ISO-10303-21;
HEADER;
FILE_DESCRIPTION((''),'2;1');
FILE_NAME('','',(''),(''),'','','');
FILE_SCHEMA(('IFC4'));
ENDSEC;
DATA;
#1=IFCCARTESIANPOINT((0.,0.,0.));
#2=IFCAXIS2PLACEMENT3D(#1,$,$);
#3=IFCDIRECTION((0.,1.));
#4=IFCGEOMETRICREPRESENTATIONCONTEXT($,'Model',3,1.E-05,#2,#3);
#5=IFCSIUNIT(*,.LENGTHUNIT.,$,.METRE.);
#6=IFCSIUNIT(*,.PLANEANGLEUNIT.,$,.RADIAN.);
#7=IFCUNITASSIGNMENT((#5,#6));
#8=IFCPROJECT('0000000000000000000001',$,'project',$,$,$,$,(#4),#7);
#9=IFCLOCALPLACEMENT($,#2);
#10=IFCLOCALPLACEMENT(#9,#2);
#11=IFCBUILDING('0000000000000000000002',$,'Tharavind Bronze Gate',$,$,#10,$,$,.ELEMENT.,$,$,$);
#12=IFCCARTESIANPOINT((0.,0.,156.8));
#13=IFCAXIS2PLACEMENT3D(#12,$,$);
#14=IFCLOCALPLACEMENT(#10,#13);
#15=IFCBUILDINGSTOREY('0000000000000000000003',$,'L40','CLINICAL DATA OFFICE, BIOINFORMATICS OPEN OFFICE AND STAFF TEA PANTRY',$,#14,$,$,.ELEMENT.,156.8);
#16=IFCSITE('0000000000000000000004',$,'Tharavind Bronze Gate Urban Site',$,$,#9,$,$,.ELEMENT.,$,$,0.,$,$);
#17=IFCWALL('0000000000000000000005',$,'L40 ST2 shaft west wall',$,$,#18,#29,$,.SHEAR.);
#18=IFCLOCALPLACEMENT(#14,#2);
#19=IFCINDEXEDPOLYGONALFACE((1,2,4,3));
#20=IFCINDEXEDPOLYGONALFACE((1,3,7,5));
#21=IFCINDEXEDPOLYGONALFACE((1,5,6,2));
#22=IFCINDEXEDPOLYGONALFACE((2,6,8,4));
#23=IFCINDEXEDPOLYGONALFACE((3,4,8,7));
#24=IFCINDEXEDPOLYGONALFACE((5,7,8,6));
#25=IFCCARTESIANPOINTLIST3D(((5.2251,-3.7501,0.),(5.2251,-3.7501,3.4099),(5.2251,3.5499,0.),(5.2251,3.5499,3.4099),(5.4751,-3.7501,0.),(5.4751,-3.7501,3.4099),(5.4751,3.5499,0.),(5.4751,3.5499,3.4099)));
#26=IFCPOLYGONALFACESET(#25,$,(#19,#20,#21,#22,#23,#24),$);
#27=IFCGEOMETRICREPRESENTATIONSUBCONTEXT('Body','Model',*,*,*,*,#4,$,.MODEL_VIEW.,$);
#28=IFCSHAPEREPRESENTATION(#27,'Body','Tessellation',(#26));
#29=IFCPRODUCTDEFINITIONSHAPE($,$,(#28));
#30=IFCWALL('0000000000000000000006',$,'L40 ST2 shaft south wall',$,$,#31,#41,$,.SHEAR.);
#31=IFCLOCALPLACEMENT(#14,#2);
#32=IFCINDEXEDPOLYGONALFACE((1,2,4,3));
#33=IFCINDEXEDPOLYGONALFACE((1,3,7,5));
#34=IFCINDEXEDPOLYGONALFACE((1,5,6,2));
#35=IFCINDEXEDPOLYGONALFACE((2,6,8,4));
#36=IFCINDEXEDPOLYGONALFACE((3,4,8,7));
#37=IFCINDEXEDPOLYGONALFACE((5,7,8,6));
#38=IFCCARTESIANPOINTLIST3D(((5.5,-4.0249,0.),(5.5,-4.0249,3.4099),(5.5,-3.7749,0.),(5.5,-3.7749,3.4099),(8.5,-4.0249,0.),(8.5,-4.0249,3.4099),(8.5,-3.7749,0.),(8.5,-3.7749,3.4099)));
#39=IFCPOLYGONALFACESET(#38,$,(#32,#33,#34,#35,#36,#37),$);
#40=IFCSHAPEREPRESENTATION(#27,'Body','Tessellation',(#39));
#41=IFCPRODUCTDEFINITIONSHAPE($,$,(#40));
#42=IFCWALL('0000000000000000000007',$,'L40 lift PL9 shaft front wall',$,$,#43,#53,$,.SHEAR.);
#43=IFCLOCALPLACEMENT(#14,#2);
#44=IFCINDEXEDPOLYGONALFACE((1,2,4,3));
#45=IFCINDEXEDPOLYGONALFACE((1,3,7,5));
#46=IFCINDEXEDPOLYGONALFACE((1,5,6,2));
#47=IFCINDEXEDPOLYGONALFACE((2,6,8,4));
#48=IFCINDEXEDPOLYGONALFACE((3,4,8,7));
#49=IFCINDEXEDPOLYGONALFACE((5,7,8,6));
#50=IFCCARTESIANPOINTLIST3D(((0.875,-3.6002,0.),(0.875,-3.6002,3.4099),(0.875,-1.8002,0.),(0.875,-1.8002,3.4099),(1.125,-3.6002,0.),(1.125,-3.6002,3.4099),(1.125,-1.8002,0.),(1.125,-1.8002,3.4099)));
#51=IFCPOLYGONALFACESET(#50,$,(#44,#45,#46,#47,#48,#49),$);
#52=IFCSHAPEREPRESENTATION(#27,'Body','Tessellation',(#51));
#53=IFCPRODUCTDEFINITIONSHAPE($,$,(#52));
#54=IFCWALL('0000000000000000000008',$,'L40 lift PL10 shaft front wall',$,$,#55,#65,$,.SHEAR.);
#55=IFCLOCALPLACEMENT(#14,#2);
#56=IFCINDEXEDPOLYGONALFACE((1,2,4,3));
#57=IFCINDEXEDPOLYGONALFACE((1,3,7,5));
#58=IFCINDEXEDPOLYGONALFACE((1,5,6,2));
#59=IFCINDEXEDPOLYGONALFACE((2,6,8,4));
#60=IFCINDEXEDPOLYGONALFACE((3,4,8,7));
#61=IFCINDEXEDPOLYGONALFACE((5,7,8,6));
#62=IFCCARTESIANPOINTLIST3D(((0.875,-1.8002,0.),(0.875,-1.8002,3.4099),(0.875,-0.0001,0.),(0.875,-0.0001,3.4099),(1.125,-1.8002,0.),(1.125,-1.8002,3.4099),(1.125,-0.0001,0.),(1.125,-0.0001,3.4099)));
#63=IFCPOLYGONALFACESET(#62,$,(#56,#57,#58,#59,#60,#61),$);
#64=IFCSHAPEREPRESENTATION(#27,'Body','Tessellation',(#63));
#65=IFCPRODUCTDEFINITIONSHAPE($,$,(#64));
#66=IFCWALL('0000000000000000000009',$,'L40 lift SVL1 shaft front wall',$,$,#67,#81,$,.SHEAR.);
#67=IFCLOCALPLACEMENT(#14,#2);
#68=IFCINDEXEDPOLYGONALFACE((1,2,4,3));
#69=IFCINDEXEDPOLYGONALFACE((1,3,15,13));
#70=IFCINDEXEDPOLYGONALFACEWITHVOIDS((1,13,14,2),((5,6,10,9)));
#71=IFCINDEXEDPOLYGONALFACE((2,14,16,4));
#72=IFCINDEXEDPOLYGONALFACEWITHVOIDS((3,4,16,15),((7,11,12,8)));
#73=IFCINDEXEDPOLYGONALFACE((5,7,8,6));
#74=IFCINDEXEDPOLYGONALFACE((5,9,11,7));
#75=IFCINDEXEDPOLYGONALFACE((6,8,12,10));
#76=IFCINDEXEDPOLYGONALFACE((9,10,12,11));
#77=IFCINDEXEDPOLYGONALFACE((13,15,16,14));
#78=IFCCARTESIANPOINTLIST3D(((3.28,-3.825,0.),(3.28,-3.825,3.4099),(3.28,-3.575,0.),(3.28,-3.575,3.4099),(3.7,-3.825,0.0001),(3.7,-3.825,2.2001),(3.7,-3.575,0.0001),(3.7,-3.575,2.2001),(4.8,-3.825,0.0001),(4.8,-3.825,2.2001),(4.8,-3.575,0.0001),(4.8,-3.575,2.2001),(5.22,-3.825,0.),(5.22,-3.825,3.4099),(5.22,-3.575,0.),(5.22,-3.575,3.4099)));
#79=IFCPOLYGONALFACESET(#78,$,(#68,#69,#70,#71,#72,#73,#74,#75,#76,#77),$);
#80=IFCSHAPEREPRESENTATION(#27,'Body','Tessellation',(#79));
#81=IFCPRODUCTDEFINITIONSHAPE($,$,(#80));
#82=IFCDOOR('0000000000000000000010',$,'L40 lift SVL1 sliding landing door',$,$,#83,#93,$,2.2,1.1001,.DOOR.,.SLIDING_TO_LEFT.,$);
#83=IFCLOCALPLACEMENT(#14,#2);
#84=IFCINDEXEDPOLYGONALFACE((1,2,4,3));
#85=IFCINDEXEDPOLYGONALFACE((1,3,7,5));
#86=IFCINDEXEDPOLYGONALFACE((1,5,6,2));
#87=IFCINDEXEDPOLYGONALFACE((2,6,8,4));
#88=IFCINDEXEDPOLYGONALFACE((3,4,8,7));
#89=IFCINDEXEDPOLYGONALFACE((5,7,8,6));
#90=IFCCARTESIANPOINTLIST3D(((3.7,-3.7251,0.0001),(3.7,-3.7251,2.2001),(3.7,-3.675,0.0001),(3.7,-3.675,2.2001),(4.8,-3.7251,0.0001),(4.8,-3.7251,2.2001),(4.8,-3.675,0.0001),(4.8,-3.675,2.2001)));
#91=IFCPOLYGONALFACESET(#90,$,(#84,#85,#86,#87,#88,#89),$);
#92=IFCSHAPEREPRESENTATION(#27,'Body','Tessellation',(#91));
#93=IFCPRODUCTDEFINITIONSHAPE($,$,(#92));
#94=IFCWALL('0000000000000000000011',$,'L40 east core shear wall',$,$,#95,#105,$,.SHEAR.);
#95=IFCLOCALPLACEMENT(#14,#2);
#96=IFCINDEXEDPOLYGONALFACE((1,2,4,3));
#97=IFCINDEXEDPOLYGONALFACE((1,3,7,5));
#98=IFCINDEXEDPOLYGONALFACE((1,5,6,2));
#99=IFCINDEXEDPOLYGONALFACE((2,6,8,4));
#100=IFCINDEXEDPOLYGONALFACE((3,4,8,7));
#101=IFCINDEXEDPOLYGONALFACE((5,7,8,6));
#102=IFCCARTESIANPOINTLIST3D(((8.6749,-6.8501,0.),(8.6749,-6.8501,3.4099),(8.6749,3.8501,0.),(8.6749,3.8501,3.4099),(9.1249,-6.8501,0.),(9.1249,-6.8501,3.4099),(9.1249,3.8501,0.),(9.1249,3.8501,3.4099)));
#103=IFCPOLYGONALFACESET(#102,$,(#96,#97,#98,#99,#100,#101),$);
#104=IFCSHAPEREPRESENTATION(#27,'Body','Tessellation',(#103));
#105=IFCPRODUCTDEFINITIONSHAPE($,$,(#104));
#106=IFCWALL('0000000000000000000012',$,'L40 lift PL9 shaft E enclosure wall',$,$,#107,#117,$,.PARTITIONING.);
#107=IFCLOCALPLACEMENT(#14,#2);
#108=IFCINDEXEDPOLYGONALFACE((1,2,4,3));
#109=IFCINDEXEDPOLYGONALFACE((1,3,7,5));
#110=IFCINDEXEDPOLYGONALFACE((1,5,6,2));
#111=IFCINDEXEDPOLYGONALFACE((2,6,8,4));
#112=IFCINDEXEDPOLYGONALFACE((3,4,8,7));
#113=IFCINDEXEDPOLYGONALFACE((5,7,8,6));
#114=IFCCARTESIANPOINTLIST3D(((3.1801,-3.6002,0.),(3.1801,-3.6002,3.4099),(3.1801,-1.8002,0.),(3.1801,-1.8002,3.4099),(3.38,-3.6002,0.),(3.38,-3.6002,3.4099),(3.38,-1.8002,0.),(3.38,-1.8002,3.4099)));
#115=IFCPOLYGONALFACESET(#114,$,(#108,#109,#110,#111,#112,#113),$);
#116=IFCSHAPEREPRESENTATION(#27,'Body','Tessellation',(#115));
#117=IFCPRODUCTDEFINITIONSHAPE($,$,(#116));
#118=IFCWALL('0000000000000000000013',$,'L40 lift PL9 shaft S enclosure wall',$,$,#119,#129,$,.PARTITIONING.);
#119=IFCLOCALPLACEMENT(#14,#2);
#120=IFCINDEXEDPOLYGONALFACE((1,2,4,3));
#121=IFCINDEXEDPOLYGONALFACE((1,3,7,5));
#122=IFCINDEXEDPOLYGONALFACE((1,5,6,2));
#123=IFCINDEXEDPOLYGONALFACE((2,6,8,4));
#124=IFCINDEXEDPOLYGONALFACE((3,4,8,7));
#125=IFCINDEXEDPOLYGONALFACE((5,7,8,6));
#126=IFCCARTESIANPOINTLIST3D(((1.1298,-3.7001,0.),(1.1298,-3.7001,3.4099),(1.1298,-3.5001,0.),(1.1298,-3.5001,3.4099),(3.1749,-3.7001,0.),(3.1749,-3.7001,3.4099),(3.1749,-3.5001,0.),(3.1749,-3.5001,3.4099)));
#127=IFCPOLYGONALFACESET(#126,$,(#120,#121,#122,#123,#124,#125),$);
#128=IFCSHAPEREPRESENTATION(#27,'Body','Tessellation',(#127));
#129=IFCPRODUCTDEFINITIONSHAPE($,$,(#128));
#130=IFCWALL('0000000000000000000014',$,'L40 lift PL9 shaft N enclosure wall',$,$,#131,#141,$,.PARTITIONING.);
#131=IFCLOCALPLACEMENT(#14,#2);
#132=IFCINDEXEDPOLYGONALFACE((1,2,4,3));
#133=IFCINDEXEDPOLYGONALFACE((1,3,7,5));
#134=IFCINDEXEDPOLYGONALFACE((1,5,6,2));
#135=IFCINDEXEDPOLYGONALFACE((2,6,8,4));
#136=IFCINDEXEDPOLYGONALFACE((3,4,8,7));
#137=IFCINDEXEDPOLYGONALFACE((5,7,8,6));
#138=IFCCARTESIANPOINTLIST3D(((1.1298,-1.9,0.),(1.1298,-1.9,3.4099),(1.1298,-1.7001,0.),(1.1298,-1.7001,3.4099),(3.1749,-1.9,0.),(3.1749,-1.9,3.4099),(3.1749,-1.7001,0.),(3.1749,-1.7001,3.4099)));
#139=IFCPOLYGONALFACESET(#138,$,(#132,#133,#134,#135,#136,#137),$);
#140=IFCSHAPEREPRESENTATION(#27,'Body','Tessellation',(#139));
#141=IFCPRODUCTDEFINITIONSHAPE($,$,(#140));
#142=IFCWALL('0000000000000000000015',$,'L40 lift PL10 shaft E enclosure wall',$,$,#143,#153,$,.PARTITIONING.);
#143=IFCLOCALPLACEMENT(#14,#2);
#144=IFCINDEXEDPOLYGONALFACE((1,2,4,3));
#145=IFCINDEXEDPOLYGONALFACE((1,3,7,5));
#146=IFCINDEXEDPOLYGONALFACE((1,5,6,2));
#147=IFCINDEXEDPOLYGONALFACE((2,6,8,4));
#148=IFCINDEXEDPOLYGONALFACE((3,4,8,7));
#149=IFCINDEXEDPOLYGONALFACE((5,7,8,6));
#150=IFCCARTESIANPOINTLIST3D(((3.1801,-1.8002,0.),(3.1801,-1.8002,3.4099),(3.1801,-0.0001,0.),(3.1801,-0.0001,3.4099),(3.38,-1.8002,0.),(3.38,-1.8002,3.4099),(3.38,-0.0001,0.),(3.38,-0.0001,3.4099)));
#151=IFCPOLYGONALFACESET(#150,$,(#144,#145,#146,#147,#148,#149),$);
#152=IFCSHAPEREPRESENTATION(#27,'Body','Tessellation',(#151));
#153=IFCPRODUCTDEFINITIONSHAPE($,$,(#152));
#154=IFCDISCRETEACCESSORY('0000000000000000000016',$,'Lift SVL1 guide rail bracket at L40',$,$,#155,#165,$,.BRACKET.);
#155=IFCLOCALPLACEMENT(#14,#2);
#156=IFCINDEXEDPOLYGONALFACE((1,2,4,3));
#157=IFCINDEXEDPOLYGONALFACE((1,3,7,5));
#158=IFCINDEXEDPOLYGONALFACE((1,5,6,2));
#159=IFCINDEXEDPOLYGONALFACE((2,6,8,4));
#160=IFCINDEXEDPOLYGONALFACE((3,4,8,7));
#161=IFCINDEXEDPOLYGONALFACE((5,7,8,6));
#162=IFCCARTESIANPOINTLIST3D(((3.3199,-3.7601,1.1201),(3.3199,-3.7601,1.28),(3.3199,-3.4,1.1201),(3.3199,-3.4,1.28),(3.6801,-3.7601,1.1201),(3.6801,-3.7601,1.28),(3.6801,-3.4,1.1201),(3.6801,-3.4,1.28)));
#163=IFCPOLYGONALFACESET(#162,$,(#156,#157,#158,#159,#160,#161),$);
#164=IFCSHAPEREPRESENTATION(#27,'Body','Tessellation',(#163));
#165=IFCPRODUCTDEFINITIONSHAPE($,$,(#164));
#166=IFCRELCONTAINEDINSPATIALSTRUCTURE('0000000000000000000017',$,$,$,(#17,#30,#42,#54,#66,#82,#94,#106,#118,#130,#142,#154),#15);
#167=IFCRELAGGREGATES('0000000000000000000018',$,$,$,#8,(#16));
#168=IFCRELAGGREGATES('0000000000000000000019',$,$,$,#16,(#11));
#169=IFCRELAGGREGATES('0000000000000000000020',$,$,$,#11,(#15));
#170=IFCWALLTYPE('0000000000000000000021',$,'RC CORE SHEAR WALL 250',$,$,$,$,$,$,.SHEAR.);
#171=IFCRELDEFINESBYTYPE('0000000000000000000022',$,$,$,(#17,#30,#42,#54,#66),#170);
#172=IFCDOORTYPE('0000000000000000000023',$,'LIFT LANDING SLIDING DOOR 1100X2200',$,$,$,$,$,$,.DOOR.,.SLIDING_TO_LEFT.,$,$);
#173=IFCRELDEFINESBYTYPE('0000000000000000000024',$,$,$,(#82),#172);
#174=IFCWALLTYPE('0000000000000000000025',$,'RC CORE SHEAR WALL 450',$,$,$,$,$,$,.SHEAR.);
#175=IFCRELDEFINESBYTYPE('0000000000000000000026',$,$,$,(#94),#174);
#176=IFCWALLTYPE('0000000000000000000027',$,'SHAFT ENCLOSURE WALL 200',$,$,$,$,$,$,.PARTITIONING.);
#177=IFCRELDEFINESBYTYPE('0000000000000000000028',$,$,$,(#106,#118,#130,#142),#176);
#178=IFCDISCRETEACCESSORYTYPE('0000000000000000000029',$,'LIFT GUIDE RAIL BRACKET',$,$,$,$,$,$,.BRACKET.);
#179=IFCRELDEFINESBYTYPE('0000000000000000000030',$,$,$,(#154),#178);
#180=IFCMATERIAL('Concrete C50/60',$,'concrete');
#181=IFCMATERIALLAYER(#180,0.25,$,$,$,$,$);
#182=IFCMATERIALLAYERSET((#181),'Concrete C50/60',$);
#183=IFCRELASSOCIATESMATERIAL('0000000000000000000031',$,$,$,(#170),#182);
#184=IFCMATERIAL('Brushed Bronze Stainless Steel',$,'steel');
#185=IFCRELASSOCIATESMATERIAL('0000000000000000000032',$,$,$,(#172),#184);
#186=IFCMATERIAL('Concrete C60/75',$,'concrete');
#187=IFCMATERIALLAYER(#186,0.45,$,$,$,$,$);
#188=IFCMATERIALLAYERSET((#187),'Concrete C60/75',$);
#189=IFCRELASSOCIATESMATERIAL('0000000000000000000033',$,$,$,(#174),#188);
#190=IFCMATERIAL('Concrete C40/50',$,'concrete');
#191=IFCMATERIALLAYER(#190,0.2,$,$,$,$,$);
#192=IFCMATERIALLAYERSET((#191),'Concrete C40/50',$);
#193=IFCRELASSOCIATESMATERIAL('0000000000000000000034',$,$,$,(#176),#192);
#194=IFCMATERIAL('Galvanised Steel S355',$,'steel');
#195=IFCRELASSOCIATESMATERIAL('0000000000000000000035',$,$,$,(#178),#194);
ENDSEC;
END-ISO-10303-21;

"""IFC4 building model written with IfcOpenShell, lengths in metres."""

from ifc_helpers import new_model, si_unit, direction, frame, frame_2d, origin, origin_2d, place, context, subcontext, project, spatial, rectangle, extrude, material, layer, layer_set, type_object, element, fill, save


model = new_model("IFC4")

# Units and contexts
model_context = context("Model", 3, precision=1e-05, world=origin(), true_north=direction((0.0, 1.0)))
body_context = subcontext(model_context, "Body", "Model", "MODEL_VIEW")
ifc_project = project(units=[si_unit("LENGTHUNIT", "METRE"), si_unit("PLANEANGLEUNIT", "RADIAN")], contexts=[model_context])

# Site, building, storey
site_placement = place(None, origin())
site = spatial("IfcSite", under=ifc_project, at=site_placement, Name="Tharavind Bronze Gate Urban Site", CompositionType="ELEMENT", RefElevation=0.0)
building_placement = place(site_placement, origin())
building = spatial("IfcBuilding", under=site, at=building_placement, Name="Tharavind Bronze Gate", CompositionType="ELEMENT")
storey_placement = place(building_placement, frame((0.0, 0.0, 156.8)))
storey = spatial("IfcBuildingStorey", under=building, at=storey_placement, Name="L40", Description="CLINICAL DATA OFFICE, BIOINFORMATICS OPEN OFFICE AND STAFF TEA PANTRY", CompositionType="ELEMENT", Elevation=156.8)

# Shared definitions
ifc_material_1 = material(Name="Concrete C60/75", Category="concrete")

# Walls
ifc_material_2 = material(Name="Concrete C50/60", Category="concrete")
ifc_layer_1 = layer(ifc_material_2, 0.25)
ifc_layer_set_1 = layer_set([ifc_layer_1], Name="Concrete C50/60")
wall_type_1 = type_object("IfcWallType", Name="RC CORE SHEAR WALL 250", PredefinedType="SHEAR", material=ifc_layer_set_1)
wall_1_placement = place(storey_placement, frame((5.3501, -3.75, 0.0), z_axis=(0.0, 0.0, 1.0), x_axis=(0.0, 1.0, 0.0)))
element("IfcWall", 1, at=wall_1_placement, inside=storey, type_object=wall_type_1, Name="L40 ST2 shaft west wall", PredefinedType="SHEAR", context=body_context, shape_type="SweptSolid", body=[
    extrude(rectangle(XDim=7.3, YDim=0.25, at=frame_2d((3.6499, 0.0))), origin(), (0.0, 0.0, 1.0), 3.4099),
])
wall_2_placement = place(storey_placement, frame((5.5, -3.8999, 0.0), z_axis=(0.0, 0.0, 1.0), x_axis=(1.0, 0.0, 0.0)))
element("IfcWall", 2, at=wall_2_placement, inside=storey, type_object=wall_type_1, Name="L40 ST2 shaft south wall", PredefinedType="SHEAR", context=body_context, shape_type="SweptSolid", body=[
    extrude(rectangle(XDim=3.0, YDim=0.25, at=frame_2d((1.5, 0.0))), origin(), (0.0, 0.0, 1.0), 3.4099),
])
for number, where, z_axis, x_axis, name in (
    (3, (1.0, -3.6001, 0.0), (0.0, 0.0, 1.0), (0.0, 1.0, 0.0), "L40 lift PL9 shaft front wall"),
    (4, (1.0, -1.8, 0.0), (0.0, 0.0, 1.0), (0.0, 1.0, 0.0), "L40 lift PL10 shaft front wall"),
):
    element("IfcWall", number, at=place(storey_placement, frame(where, z_axis=z_axis, x_axis=x_axis)), inside=storey, type_object=wall_type_1, Name=name, PredefinedType="SHEAR", context=body_context, shape_type="SweptSolid", body=[
        extrude(rectangle(XDim=1.8, YDim=0.25, at=frame_2d((0.8999, 0.0))), origin(), (0.0, 0.0, 1.0), 3.4099),
    ])

# Wall, opening, door
wall_3_placement = place(storey_placement, frame((3.28, -3.7, 0.0), z_axis=(0.0, 0.0, 1.0), x_axis=(1.0, 0.0, 0.0)))
wall_3 = element("IfcWall", 5, at=wall_3_placement, inside=storey, type_object=wall_type_1, Name="L40 lift SVL1 shaft front wall", PredefinedType="SHEAR", context=body_context, shape_type="SweptSolid", body=[
    extrude(rectangle(XDim=1.9399, YDim=0.25, at=frame_2d((0.97, 0.0))), origin(), (0.0, 0.0, 1.0), 3.4099),
])
opening_1_placement = place(wall_3_placement, frame((0.4199, 0.0, 0.0)))
opening_1 = element("IfcOpeningElement", 6, at=opening_1_placement, cuts=wall_3, PredefinedType="OPENING", context=body_context, shape_type="SweptSolid", body=[
    extrude(rectangle(XDim=1.1001, YDim=2.2, at=frame_2d((0.55, 1.1001))), frame((0.0, 0.135, 0.0), z_axis=(0.0, -1.0, 0.0), x_axis=(1.0, 0.0, 0.0)), (0.0, 0.0, 1.0), 0.27),
])
ifc_material_3 = material(Name="Brushed Bronze Stainless Steel", Category="steel")
door_type_1 = type_object("IfcDoorType", Name="LIFT LANDING SLIDING DOOR 1100X2200", OperationType="SLIDING_TO_LEFT", PredefinedType="DOOR", material=ifc_material_3)
door_1_placement = place(opening_1_placement, origin())
door_1 = element("IfcDoor", 7, at=door_1_placement, inside=storey, type_object=door_type_1, Name="L40 lift SVL1 sliding landing door", OperationType="SLIDING_TO_LEFT", OverallHeight=2.2, OverallWidth=1.1001, PredefinedType="DOOR", context=body_context, shape_type="SweptSolid", body=[
    extrude(rectangle(XDim=1.1001, YDim=2.2, at=frame_2d((0.55, 1.1001))), frame((0.0, 0.0249, 0.0), z_axis=(0.0, -1.0, 0.0), x_axis=(1.0, 0.0, 0.0)), (0.0, 0.0, 1.0), 0.05),
])
fill(opening_1, door_1)

# Walls
ifc_layer_2 = layer(ifc_material_1, 0.45)
ifc_layer_set_2 = layer_set([ifc_layer_2], Name="Concrete C60/75")
wall_type_2 = type_object("IfcWallType", Name="RC CORE SHEAR WALL 450", PredefinedType="SHEAR", material=ifc_layer_set_2)
wall_4_placement = place(storey_placement, frame((8.8999, -6.8501, 0.0), z_axis=(0.0, 0.0, 1.0), x_axis=(0.0, 1.0, 0.0)))
element("IfcWall", 8, at=wall_4_placement, inside=storey, type_object=wall_type_2, Name="L40 east core shear wall", PredefinedType="SHEAR", context=body_context, shape_type="SweptSolid", body=[
    extrude(rectangle(XDim=10.7002, YDim=0.45, at=frame_2d((5.3501, 0.0))), origin(), (0.0, 0.0, 1.0), 3.4099),
])
ifc_material_4 = material(Name="Concrete C40/50", Category="concrete")
ifc_layer_3 = layer(ifc_material_4, 0.2)
ifc_layer_set_3 = layer_set([ifc_layer_3], Name="Concrete C40/50")
wall_type_3 = type_object("IfcWallType", Name="SHAFT ENCLOSURE WALL 200", PredefinedType="PARTITIONING", material=ifc_layer_set_3)
wall_5_placement = place(storey_placement, frame((3.28, -3.6001, 0.0), z_axis=(0.0, 0.0, 1.0), x_axis=(0.0, 1.0, 0.0)))
element("IfcWall", 9, at=wall_5_placement, inside=storey, type_object=wall_type_3, Name="L40 lift PL9 shaft E enclosure wall", PredefinedType="PARTITIONING", context=body_context, shape_type="SweptSolid", body=[
    extrude(rectangle(XDim=1.8, YDim=0.2, at=frame_2d((0.8999, 0.0))), origin(), (0.0, 0.0, 1.0), 3.4099),
])
for number, where, z_axis, x_axis, name in (
    (10, (1.1299, -3.6001, 0.0), (0.0, 0.0, 1.0), (1.0, 0.0, 0.0), "L40 lift PL9 shaft S enclosure wall"),
    (11, (1.1299, -1.8, 0.0), (0.0, 0.0, 1.0), (1.0, 0.0, 0.0), "L40 lift PL9 shaft N enclosure wall"),
):
    element("IfcWall", number, at=place(storey_placement, frame(where, z_axis=z_axis, x_axis=x_axis)), inside=storey, type_object=wall_type_3, Name=name, PredefinedType="PARTITIONING", context=body_context, shape_type="SweptSolid", body=[
        extrude(rectangle(XDim=2.0452, YDim=0.2, at=frame_2d((1.0225, 0.0))), origin(), (0.0, 0.0, 1.0), 3.4099),
    ])
wall_6_placement = place(storey_placement, frame((3.28, -1.8, 0.0), z_axis=(0.0, 0.0, 1.0), x_axis=(0.0, 1.0, 0.0)))
element("IfcWall", 12, at=wall_6_placement, inside=storey, type_object=wall_type_3, Name="L40 lift PL10 shaft E enclosure wall", PredefinedType="PARTITIONING", context=body_context, shape_type="SweptSolid", body=[
    extrude(rectangle(XDim=1.8, YDim=0.2, at=frame_2d((0.8999, 0.0))), origin(), (0.0, 0.0, 1.0), 3.4099),
])

# Discrete accessory
ifc_material_5 = material(Name="Galvanised Steel S355", Category="steel")
discrete_accessory_type = type_object("IfcDiscreteAccessoryType", Name="LIFT GUIDE RAIL BRACKET", PredefinedType="BRACKET", material=ifc_material_5)
discrete_accessory_placement = place(storey_placement, frame((3.5, -3.5801, 1.1201), z_axis=(0.0, 0.0, 1.0), x_axis=(1.0, 0.0, 0.0)))
element("IfcDiscreteAccessory", 13, at=discrete_accessory_placement, inside=storey, type_object=discrete_accessory_type, Name="Lift SVL1 guide rail bracket at L40", PredefinedType="BRACKET", context=body_context, shape_type="SweptSolid", body=[
    extrude(rectangle(XDim=0.3601, YDim=0.3601, at=origin_2d()), origin(), (0.0, 0.0, 1.0), 0.1599),
])

save(model, "model.ifc")
